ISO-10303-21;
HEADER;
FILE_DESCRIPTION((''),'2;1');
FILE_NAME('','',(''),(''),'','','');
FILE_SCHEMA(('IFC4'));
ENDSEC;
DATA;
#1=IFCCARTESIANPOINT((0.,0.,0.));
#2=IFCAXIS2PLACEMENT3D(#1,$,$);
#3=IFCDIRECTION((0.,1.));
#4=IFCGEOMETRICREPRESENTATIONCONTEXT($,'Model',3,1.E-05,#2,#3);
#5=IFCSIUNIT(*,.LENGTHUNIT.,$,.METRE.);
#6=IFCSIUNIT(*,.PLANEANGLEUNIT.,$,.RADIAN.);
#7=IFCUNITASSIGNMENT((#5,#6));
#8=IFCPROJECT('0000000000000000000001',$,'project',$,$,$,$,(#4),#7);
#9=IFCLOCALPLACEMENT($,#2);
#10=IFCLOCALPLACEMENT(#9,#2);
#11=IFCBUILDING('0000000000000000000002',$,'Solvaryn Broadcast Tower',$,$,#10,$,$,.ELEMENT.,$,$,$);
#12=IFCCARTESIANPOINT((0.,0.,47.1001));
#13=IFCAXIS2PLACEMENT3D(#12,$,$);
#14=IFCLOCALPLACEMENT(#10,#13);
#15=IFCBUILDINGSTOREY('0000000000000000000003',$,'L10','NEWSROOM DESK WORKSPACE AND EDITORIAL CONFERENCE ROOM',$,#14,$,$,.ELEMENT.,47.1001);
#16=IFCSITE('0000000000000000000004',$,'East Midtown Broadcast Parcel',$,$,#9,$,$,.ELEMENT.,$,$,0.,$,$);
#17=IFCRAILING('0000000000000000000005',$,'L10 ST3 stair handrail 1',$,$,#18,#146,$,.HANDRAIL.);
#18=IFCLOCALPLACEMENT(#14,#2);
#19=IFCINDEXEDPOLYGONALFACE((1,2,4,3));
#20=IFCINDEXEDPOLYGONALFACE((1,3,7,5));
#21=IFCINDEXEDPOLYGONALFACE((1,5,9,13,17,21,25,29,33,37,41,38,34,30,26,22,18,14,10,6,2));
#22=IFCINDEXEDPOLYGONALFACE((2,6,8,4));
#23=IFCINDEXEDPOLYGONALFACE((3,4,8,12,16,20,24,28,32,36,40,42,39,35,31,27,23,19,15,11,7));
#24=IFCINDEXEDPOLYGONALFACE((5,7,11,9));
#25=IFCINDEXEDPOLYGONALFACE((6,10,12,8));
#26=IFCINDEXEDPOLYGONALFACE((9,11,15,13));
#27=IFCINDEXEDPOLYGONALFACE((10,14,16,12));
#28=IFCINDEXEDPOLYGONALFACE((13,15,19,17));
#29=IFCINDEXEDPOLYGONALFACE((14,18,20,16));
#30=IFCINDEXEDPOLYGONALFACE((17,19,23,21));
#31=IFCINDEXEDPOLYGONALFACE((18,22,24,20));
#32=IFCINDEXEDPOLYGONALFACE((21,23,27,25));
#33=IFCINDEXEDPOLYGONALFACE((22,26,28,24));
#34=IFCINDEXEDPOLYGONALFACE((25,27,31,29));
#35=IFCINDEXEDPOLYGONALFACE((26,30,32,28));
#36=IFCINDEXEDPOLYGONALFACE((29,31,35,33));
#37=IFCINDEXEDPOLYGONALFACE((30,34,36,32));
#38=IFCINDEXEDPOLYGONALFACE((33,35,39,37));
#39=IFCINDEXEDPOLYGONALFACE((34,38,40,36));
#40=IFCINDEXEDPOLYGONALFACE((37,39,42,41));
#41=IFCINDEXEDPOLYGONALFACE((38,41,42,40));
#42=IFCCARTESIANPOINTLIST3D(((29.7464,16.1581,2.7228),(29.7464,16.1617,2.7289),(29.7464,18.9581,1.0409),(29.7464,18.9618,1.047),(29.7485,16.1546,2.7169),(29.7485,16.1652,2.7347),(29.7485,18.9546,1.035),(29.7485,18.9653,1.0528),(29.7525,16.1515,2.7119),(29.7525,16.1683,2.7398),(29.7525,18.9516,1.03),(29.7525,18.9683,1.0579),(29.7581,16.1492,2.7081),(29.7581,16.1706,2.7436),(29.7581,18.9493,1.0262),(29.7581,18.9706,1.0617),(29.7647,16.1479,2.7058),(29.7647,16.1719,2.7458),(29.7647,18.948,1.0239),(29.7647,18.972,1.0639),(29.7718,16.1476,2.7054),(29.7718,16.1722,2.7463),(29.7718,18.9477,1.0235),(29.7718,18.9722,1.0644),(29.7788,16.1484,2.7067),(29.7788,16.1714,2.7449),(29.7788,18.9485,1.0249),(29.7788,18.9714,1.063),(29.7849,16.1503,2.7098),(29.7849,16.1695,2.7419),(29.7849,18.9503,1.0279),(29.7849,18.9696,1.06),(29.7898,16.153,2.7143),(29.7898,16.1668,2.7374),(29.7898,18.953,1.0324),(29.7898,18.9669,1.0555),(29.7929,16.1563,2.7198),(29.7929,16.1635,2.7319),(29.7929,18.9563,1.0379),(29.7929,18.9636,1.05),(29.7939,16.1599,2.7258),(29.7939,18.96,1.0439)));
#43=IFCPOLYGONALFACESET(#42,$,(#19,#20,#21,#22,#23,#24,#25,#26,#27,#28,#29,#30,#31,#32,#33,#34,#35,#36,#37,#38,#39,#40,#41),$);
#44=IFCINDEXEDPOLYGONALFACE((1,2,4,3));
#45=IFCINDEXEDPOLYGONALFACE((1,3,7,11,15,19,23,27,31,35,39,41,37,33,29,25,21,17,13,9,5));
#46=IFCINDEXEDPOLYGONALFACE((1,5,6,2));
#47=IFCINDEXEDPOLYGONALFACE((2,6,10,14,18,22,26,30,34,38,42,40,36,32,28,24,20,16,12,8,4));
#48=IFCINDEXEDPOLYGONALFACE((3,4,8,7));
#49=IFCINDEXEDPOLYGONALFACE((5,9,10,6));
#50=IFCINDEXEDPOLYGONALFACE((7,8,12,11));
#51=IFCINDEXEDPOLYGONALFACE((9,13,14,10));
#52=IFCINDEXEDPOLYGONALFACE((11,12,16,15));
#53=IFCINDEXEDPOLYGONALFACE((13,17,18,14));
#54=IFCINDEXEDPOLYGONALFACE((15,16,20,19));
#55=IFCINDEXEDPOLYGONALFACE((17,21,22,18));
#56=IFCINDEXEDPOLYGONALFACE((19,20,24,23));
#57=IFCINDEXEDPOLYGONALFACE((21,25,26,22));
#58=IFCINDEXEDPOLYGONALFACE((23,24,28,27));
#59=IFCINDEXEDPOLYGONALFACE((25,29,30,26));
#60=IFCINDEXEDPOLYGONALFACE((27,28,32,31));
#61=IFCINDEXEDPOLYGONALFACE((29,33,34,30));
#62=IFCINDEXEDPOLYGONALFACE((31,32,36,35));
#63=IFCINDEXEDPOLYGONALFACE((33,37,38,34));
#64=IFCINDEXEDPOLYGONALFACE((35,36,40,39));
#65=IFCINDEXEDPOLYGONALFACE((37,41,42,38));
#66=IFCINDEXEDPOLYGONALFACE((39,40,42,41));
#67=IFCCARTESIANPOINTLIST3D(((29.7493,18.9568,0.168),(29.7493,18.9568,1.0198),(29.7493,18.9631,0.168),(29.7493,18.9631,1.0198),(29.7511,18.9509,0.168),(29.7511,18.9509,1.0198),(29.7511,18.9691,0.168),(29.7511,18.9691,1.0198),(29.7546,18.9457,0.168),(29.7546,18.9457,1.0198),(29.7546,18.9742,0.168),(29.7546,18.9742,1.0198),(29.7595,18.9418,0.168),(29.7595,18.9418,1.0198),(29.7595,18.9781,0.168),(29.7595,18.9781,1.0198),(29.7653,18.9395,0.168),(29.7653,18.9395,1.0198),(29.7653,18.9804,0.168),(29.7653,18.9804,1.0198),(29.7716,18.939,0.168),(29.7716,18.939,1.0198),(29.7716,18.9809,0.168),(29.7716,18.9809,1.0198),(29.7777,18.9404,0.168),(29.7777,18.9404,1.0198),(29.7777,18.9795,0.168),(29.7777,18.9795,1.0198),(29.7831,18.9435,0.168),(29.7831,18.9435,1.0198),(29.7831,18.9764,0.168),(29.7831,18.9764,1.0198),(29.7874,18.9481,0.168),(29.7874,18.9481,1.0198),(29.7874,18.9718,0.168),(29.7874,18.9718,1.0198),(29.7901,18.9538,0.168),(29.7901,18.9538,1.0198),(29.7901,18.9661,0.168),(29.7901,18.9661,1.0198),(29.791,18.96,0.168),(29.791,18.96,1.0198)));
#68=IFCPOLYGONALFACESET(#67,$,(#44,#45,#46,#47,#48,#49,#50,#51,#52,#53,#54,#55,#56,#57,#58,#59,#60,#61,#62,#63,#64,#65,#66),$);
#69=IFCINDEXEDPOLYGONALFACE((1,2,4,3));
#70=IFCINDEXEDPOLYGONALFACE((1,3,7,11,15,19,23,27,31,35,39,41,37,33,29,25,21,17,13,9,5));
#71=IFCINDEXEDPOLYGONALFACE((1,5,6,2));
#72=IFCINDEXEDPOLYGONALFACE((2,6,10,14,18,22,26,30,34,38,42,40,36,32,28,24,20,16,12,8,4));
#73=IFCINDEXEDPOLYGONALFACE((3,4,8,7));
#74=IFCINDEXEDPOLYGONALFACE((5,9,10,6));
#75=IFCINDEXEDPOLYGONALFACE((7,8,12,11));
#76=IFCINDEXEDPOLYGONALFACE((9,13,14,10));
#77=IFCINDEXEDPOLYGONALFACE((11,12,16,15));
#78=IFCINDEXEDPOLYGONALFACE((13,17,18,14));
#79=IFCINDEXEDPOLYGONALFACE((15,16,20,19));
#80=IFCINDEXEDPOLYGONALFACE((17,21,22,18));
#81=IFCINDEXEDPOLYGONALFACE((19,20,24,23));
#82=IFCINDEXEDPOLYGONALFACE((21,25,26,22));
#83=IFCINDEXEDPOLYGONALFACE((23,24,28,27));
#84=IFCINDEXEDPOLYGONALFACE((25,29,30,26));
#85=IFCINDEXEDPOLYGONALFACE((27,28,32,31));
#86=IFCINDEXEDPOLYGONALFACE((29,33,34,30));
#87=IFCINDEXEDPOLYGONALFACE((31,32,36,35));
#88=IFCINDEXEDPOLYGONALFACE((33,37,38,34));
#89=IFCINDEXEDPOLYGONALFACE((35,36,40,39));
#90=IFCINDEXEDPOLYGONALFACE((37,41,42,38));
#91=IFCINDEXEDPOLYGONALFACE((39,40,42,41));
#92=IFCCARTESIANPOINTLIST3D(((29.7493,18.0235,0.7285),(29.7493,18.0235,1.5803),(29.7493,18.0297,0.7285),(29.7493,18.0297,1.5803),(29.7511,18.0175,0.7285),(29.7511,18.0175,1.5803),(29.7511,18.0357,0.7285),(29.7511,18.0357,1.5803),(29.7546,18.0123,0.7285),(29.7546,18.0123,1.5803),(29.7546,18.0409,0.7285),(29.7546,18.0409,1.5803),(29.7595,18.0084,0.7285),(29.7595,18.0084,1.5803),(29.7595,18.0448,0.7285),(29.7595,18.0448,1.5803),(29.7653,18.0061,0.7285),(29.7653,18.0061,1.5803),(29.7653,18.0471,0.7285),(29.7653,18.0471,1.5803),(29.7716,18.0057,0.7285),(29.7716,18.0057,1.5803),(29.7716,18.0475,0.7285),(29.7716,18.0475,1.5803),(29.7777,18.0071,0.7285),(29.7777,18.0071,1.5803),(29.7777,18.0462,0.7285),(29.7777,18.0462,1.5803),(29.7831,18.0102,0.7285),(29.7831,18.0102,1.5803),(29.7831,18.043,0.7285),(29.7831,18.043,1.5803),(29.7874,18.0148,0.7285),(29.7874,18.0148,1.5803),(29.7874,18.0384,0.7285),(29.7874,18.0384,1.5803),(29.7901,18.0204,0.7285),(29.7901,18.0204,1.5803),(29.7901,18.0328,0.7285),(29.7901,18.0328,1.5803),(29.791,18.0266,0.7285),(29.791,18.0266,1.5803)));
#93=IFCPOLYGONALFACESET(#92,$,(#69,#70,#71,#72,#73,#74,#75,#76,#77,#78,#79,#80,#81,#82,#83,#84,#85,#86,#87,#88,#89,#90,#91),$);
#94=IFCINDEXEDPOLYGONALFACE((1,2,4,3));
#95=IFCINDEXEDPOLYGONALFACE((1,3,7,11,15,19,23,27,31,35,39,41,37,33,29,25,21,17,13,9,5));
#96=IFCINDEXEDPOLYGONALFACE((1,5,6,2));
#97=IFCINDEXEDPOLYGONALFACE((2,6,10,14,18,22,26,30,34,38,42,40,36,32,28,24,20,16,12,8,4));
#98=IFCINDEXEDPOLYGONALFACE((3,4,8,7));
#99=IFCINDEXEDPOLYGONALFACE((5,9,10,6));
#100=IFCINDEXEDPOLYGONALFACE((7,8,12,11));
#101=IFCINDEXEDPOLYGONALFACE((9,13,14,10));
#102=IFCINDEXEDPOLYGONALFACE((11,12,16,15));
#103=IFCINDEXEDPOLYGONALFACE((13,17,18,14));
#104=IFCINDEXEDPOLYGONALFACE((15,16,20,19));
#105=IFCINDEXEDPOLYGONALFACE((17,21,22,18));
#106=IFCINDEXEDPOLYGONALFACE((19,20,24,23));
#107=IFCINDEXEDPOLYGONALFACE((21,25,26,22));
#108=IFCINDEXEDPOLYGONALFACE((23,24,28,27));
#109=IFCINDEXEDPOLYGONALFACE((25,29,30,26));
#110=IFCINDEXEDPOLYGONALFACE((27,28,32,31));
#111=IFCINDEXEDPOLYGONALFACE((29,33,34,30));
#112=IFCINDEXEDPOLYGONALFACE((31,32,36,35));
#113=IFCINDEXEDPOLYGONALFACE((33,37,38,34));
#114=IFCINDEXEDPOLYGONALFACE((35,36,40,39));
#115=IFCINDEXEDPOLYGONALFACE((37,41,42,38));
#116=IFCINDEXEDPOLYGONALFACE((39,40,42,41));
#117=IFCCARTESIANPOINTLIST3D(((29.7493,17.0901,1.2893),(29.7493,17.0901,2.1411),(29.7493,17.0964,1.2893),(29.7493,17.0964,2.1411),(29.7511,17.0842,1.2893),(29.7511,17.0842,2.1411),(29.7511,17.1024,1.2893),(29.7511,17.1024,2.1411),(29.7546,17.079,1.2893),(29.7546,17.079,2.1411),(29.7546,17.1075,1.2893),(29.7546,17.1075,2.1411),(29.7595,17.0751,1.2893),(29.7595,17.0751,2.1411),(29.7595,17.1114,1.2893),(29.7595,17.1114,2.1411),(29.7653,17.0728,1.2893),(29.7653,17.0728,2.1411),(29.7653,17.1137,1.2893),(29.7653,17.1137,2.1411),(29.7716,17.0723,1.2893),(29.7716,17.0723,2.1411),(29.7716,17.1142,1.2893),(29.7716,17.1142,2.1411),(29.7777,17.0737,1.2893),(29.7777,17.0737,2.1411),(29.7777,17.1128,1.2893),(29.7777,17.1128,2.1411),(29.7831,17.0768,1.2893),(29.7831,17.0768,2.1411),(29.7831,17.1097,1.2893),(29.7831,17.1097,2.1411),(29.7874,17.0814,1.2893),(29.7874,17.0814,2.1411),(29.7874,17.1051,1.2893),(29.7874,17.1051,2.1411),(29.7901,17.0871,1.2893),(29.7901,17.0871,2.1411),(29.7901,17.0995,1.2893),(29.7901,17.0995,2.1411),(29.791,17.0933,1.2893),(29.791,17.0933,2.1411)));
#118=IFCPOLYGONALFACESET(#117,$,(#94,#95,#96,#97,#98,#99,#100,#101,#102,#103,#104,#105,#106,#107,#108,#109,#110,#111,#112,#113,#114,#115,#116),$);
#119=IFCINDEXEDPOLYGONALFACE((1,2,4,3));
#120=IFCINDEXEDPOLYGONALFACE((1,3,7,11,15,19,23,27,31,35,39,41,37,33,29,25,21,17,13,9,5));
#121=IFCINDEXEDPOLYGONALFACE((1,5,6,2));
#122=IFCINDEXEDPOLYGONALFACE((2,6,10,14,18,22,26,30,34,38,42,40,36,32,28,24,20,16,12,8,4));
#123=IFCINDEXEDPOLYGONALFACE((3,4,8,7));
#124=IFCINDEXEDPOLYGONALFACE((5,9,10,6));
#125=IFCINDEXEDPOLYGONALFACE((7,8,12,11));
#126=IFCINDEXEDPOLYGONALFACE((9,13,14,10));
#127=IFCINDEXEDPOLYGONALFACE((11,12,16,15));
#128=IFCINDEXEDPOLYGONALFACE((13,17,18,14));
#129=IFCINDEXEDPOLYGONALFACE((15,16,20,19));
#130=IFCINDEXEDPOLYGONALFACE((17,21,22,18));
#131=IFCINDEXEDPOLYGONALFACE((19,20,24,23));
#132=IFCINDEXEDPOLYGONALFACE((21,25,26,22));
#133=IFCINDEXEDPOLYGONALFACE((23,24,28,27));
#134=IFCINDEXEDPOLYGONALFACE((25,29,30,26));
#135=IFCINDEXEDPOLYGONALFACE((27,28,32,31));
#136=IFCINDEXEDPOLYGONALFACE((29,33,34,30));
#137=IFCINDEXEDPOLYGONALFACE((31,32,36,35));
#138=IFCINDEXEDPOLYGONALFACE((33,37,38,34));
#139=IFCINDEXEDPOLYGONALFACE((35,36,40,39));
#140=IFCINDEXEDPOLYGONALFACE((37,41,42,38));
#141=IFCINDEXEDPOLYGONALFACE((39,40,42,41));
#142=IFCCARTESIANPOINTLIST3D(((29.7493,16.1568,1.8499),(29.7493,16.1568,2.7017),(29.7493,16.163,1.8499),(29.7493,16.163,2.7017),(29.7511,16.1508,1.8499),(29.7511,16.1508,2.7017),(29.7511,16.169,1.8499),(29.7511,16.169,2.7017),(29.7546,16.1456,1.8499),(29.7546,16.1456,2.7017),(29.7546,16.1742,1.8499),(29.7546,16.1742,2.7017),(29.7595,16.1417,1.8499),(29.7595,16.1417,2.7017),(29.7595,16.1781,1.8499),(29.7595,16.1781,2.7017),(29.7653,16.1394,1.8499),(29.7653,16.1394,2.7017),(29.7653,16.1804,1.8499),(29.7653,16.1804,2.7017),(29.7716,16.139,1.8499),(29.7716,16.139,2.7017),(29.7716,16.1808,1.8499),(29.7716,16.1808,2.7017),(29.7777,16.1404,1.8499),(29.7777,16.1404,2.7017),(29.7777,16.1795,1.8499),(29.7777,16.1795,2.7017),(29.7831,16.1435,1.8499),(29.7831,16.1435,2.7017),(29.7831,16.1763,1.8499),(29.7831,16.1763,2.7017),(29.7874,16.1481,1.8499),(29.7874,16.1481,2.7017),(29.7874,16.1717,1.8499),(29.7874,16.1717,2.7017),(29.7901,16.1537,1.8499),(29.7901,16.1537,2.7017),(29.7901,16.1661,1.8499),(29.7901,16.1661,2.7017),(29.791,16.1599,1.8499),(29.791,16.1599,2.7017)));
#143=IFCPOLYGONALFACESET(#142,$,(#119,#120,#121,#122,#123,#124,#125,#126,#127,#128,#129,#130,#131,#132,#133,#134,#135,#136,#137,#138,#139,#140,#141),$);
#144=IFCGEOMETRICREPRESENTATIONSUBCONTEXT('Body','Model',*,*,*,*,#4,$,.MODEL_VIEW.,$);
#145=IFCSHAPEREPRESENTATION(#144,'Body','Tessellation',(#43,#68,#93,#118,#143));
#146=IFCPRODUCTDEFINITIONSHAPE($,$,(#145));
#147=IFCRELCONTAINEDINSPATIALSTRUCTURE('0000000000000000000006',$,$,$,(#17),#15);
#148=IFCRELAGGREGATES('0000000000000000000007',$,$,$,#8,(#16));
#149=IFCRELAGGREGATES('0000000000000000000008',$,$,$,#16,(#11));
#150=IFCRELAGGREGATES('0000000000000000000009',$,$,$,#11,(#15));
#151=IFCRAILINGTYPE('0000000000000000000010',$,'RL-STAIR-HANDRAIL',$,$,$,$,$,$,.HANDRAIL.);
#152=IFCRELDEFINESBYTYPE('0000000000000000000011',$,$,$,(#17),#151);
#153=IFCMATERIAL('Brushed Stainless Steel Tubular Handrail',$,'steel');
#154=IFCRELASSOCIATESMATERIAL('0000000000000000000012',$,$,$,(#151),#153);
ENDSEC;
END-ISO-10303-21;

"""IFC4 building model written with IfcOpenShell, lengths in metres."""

from ifc_helpers import new_model, si_unit, direction, frame, origin, origin_2d, place, context, subcontext, project, spatial, circle, extrude, material, type_object, element, save


model = new_model("IFC4")

# Units and contexts
model_context = context("Model", 3, precision=1e-05, world=origin(), true_north=direction((0.0, 1.0)))
body_context = subcontext(model_context, "Body", "Model", "MODEL_VIEW")
ifc_project = project(units=[si_unit("LENGTHUNIT", "METRE"), si_unit("PLANEANGLEUNIT", "RADIAN")], contexts=[model_context])

# Site, building, storey
site_placement = place(None, origin())
site = spatial("IfcSite", under=ifc_project, at=site_placement, Name="East Midtown Broadcast Parcel", CompositionType="ELEMENT", RefElevation=0.0)
building_placement = place(site_placement, origin())
building = spatial("IfcBuilding", under=site, at=building_placement, Name="Solvaryn Broadcast Tower", CompositionType="ELEMENT")
storey_placement = place(building_placement, frame((0.0, 0.0, 47.1001)))
storey = spatial("IfcBuildingStorey", under=building, at=storey_placement, Name="L10", Description="NEWSROOM DESK WORKSPACE AND EDITORIAL CONFERENCE ROOM", CompositionType="ELEMENT", Elevation=47.1001)

# Railing
ifc_material_1 = material(Name="Brushed Stainless Steel Tubular Handrail", Category="steel")
railing_type_1 = type_object("IfcRailingType", Name="RL-STAIR-HANDRAIL", PredefinedType="HANDRAIL", material=ifc_material_1)
railing_1_placement = place(storey_placement, frame((29.77, 18.96, 0.168)))
element("IfcRailing", 1, at=railing_1_placement, inside=storey, type_object=railing_type_1, Name="L10 ST3 stair handrail 1", PredefinedType="HANDRAIL", context=body_context, shape_type="SweptSolid", body=[
    extrude(circle(Radius=0.0239, at=origin_2d()), frame((0.0, 0.0, 0.876), z_axis=(0.0, -0.857242, 0.514913), x_axis=(1.0, 0.0, 0.0)), (0.0, 0.0, 1.0), 3.2664),
    extrude(circle(Radius=0.021, at=origin_2d()), origin(), (0.0, 0.0, 1.0), 0.8518),
    extrude(circle(Radius=0.021, at=origin_2d()), frame((0.0, -0.9333, 0.5605)), (0.0, 0.0, 1.0), 0.8518),
    extrude(circle(Radius=0.021, at=origin_2d()), frame((0.0, -1.8667, 1.1213)), (0.0, 0.0, 1.0), 0.8518),
    extrude(circle(Radius=0.021, at=origin_2d()), frame((0.0, -2.8, 1.6819)), (0.0, 0.0, 1.0), 0.8518),
])

save(model, "model.ifc")
